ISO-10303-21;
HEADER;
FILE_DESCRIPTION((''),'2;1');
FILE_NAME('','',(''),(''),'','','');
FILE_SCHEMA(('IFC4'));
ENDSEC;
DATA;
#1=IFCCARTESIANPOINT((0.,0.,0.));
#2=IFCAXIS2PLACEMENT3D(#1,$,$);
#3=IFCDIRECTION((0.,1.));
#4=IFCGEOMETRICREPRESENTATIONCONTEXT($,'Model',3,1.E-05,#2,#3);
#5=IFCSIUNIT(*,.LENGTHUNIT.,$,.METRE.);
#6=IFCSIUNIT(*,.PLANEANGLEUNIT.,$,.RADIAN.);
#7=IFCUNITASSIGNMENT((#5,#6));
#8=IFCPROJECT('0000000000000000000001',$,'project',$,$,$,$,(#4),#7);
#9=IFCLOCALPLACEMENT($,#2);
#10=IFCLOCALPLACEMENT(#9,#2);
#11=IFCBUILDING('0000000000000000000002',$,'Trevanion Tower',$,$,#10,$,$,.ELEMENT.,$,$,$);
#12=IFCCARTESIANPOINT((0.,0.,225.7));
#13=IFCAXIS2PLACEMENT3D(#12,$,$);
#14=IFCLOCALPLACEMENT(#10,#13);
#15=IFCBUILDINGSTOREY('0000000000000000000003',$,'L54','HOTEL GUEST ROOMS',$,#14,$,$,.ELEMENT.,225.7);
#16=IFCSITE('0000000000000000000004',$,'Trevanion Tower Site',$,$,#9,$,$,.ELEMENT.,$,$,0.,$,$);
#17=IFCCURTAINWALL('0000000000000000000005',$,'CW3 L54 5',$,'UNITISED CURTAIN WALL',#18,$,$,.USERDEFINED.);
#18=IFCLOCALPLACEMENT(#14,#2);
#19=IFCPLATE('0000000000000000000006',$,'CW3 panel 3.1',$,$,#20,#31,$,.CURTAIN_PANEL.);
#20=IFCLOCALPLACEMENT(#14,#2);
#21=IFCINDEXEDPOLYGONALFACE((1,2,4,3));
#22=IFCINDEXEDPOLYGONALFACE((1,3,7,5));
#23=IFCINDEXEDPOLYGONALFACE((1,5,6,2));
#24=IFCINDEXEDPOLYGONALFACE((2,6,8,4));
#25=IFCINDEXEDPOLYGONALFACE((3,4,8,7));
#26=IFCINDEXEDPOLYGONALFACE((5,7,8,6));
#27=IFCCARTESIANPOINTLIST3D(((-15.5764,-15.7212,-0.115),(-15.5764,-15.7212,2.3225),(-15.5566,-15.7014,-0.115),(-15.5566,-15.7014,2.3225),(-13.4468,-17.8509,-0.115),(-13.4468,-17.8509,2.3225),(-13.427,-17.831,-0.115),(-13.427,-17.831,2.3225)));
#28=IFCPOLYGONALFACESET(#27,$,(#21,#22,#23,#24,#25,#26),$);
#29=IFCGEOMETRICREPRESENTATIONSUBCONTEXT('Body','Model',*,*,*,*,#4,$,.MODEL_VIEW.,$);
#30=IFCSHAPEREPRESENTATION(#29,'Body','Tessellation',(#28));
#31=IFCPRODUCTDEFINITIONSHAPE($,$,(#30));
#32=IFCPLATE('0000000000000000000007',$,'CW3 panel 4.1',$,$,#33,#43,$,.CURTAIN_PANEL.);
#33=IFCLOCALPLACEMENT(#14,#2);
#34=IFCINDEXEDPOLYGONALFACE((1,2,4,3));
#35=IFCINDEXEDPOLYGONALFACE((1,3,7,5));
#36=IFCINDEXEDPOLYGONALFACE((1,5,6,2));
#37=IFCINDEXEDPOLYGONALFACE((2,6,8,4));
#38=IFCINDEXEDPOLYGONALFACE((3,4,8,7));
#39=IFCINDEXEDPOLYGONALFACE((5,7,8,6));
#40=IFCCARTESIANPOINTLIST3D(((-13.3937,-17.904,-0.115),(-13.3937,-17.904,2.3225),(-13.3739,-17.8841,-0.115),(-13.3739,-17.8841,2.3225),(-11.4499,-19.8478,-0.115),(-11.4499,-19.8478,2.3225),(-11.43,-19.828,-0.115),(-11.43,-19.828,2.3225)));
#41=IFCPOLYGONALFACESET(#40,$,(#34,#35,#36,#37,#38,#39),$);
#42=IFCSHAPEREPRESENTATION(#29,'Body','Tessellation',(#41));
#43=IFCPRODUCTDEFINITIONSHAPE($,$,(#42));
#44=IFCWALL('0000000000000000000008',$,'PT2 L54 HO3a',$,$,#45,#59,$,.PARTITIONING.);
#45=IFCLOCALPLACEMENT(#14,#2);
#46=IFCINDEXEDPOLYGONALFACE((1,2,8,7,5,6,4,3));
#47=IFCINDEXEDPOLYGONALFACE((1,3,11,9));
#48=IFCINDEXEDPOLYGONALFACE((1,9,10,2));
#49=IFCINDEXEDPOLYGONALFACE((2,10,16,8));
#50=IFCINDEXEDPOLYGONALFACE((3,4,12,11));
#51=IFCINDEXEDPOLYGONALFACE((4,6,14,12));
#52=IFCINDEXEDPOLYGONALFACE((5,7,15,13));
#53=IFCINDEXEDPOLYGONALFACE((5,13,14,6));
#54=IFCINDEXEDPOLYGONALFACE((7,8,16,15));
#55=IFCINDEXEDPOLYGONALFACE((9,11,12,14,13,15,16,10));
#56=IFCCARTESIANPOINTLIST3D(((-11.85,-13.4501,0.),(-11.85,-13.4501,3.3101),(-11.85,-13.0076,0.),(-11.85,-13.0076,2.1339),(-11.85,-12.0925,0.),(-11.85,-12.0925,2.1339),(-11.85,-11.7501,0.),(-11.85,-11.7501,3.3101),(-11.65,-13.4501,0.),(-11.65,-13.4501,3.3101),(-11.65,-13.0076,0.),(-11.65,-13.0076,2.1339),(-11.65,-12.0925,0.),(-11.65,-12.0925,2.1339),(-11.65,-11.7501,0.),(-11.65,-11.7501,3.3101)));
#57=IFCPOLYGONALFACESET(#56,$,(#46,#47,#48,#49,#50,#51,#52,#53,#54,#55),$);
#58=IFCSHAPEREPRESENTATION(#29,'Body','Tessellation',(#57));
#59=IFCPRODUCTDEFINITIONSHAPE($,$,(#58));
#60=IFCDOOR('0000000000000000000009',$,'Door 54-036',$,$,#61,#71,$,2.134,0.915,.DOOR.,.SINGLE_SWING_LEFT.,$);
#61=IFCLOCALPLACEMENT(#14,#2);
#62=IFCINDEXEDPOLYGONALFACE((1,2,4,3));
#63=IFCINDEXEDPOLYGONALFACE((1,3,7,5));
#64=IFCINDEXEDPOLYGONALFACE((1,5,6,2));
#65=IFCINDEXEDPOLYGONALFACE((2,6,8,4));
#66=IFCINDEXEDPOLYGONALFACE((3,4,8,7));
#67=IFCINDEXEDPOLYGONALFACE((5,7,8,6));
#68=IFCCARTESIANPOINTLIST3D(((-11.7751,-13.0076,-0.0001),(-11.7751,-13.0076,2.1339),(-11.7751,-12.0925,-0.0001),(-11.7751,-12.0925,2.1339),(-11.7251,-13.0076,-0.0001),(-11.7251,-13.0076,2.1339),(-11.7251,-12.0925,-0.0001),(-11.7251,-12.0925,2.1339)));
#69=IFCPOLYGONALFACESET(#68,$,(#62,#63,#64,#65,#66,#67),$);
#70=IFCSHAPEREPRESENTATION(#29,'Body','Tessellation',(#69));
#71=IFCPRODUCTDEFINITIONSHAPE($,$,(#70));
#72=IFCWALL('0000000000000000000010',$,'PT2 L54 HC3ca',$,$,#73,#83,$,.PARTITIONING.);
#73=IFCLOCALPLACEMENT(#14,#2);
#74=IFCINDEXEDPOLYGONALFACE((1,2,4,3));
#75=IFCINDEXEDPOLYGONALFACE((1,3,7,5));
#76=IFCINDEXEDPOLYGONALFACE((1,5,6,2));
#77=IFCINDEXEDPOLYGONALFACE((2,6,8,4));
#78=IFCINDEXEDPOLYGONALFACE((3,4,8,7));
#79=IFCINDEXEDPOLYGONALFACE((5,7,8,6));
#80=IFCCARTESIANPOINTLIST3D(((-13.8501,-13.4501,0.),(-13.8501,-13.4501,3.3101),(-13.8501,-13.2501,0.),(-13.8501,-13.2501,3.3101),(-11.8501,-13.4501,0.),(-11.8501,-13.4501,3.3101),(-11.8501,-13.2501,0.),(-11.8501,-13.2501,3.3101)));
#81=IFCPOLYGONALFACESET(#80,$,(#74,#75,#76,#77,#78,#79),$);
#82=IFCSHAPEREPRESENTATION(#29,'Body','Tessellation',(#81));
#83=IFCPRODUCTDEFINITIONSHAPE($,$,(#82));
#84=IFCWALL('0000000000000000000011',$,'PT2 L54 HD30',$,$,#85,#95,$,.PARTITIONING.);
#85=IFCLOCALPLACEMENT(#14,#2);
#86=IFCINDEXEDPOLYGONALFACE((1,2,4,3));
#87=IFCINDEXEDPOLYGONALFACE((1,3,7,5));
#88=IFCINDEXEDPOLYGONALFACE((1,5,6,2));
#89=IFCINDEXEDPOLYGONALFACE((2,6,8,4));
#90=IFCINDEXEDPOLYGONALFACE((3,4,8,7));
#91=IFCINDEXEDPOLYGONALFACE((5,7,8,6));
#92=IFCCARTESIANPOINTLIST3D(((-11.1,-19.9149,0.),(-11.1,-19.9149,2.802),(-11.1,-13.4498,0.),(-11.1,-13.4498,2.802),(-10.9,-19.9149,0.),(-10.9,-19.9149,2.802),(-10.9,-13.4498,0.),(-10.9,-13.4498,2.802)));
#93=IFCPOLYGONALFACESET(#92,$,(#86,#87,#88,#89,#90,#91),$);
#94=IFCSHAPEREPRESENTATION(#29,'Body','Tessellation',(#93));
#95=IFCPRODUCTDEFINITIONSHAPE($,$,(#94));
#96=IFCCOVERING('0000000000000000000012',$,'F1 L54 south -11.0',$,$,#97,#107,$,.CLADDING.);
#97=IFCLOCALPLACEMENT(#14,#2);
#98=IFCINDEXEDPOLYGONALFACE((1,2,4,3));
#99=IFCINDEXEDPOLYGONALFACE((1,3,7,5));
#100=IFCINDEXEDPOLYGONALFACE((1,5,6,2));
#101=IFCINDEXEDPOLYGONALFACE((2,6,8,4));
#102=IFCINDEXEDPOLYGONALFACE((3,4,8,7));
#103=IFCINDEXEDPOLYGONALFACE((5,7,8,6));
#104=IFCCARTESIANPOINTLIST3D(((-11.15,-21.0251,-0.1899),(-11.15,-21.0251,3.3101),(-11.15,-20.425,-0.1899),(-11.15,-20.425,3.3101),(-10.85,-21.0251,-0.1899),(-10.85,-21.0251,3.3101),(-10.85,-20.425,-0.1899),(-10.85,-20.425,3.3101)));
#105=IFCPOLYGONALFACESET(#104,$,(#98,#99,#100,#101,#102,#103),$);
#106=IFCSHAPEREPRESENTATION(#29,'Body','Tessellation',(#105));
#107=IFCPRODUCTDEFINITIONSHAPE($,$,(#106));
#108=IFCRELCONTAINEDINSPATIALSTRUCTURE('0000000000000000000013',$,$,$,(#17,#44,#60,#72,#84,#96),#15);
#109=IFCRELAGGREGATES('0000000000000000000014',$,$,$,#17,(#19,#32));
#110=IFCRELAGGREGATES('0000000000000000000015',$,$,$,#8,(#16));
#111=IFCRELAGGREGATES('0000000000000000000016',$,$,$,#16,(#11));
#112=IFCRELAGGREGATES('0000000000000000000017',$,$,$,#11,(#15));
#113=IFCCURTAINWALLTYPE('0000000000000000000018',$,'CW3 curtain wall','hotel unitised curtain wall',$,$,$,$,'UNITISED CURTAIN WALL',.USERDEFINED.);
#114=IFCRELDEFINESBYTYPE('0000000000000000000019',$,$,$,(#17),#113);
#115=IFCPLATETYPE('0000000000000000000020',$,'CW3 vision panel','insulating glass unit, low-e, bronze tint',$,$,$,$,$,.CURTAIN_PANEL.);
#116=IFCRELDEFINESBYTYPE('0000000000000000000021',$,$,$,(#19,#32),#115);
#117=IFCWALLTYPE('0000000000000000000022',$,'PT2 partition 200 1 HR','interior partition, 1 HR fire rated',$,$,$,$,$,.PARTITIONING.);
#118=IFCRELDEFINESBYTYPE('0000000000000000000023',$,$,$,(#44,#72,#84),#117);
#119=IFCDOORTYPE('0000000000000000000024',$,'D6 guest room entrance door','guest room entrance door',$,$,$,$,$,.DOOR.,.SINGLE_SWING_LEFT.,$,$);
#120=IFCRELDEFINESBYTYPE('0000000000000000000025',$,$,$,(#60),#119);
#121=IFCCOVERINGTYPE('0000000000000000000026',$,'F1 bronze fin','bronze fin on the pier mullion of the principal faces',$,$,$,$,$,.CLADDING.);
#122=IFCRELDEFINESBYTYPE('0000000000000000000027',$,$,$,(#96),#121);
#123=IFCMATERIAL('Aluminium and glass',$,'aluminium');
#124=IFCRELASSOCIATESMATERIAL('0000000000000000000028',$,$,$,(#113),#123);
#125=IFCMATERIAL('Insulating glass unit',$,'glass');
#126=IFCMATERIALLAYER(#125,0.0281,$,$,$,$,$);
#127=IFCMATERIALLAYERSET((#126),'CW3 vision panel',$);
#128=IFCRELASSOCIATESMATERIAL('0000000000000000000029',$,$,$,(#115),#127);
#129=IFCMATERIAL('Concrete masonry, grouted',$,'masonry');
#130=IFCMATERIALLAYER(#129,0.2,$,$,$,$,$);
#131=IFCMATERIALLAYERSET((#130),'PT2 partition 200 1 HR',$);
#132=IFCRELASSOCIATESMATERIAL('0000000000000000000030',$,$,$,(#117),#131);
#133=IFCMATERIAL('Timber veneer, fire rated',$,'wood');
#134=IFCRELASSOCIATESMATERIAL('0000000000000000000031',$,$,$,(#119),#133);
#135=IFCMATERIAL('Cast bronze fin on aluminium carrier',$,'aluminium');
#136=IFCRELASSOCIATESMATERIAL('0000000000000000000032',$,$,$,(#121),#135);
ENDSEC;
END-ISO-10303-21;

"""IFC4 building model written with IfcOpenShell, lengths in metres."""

from ifc_helpers import new_model, si_unit, direction, frame, frame_2d, origin, origin_2d, place, context, subcontext, project, spatial, rectangle, extrude, material, layer, layer_set, type_object, element, fill, aggregate, save


model = new_model("IFC4")

# Units and contexts
model_context = context("Model", 3, precision=1e-05, world=origin(), true_north=direction((0.0, 1.0)))
body_context = subcontext(model_context, "Body", "Model", "MODEL_VIEW")
ifc_project = project(units=[si_unit("LENGTHUNIT", "METRE"), si_unit("PLANEANGLEUNIT", "RADIAN")], contexts=[model_context])

# Site, building, storey
site_placement = place(None, origin())
site = spatial("IfcSite", under=ifc_project, at=site_placement, Name="Trevanion Tower Site", CompositionType="ELEMENT", RefElevation=0.0)
building_placement = place(site_placement, origin())
building = spatial("IfcBuilding", under=site, at=building_placement, Name="Trevanion Tower", CompositionType="ELEMENT")
storey_placement = place(building_placement, frame((0.0, 0.0, 225.7)))
storey = spatial("IfcBuildingStorey", under=building, at=storey_placement, Name="L54", Description="HOTEL GUEST ROOMS", CompositionType="ELEMENT", Elevation=225.7)

# Curtain wall
ifc_material_1 = material(Name="Aluminium and glass", Category="aluminium")
curtain_wall_type = type_object("IfcCurtainWallType", Name="CW3 curtain wall", Description="hotel unitised curtain wall", ElementType="UNITISED CURTAIN WALL", PredefinedType="USERDEFINED", material=ifc_material_1)
curtain_wall_1_placement = place(storey_placement, origin())
curtain_wall_1 = element("IfcCurtainWall", 1, at=curtain_wall_1_placement, inside=storey, type_object=curtain_wall_type, Name="CW3 L54 5", ObjectType="UNITISED CURTAIN WALL", PredefinedType="USERDEFINED")

# Plates
ifc_material_2 = material(Name="Insulating glass unit", Category="glass")
ifc_layer_1 = layer(ifc_material_2, 0.0281)
ifc_layer_set_1 = layer_set([ifc_layer_1], Name="CW3 vision panel")
plate_type_1 = type_object("IfcPlateType", Name="CW3 vision panel", Description="insulating glass unit, low-e, bronze tint", PredefinedType="CURTAIN_PANEL", material=ifc_layer_set_1)
plate_1_placement = place(storey_placement, frame((-14.5017, -16.7761, -0.115), z_axis=(0.0, 0.0, 1.0), x_axis=(0.707107, -0.707107, 0.0)))
plate_1 = element("IfcPlate", 2, at=plate_1_placement, type_object=plate_type_1, Name="CW3 panel 3.1", PredefinedType="CURTAIN_PANEL", context=body_context, shape_type="SweptSolid", body=[
    extrude(rectangle(XDim=3.0117, YDim=0.0281, at=origin_2d()), origin(), (0.0, 0.0, 1.0), 2.4375),
])
plate_2_placement = place(storey_placement, frame((-12.4119, -18.866, -0.115), z_axis=(0.0, 0.0, 1.0), x_axis=(0.707107, -0.707107, 0.0)))
plate_2 = element("IfcPlate", 3, at=plate_2_placement, type_object=plate_type_1, Name="CW3 panel 4.1", PredefinedType="CURTAIN_PANEL", context=body_context, shape_type="SweptSolid", body=[
    extrude(rectangle(XDim=2.749, YDim=0.0281, at=origin_2d()), origin(), (0.0, 0.0, 1.0), 2.4375),
])
aggregate(curtain_wall_1, [plate_1, plate_2])

# Wall, opening, door
ifc_material_3 = material(Name="Concrete masonry, grouted", Category="masonry")
ifc_layer_2 = layer(ifc_material_3, 0.2)
ifc_layer_set_2 = layer_set([ifc_layer_2], Name="PT2 partition 200 1 HR")
wall_type = type_object("IfcWallType", Name="PT2 partition 200 1 HR", Description="interior partition, 1 HR fire rated", PredefinedType="PARTITIONING", material=ifc_layer_set_2)
wall_1_placement = place(storey_placement, frame((-11.75, -11.75, 0.0), z_axis=(0.0, 0.0, 1.0), x_axis=(0.0, -1.0, 0.0)))
wall_1 = element("IfcWall", 4, at=wall_1_placement, inside=storey, type_object=wall_type, Name="PT2 L54 HO3a", PredefinedType="PARTITIONING", context=body_context, shape_type="SweptSolid", body=[
    extrude(rectangle(XDim=1.7, YDim=0.2, at=frame_2d((0.8501, 0.0))), origin(), (0.0, 0.0, 1.0), 3.3101),
])
opening_placement = place(wall_1_placement, frame((0.3425, 0.0, 0.0)))
opening = element("IfcOpeningElement", 5, at=opening_placement, cuts=wall_1, PredefinedType="OPENING", context=body_context, shape_type="SweptSolid", body=[
    extrude(rectangle(XDim=0.915, YDim=2.134, at=frame_2d((0.4575, 1.0669))), frame((0.0, 0.1099, 0.0), z_axis=(0.0, -1.0, 0.0), x_axis=(1.0, 0.0, 0.0)), (0.0, 0.0, 1.0), 0.22),
])
ifc_material_4 = material(Name="Timber veneer, fire rated", Category="wood")
door_type = type_object("IfcDoorType", Name="D6 guest room entrance door", Description="guest room entrance door", OperationType="SINGLE_SWING_LEFT", PredefinedType="DOOR", material=ifc_material_4)
door_placement = place(opening_placement, origin())
door = element("IfcDoor", 6, at=door_placement, inside=storey, type_object=door_type, Name="Door 54-036", OperationType="SINGLE_SWING_LEFT", OverallHeight=2.134, OverallWidth=0.915, PredefinedType="DOOR", context=body_context, shape_type="SweptSolid", body=[
    extrude(rectangle(XDim=0.915, YDim=2.134, at=frame_2d((0.4575, 1.0669))), frame((0.0, 0.0249, 0.0), z_axis=(0.0, -1.0, 0.0), x_axis=(1.0, 0.0, 0.0)), (0.0, 0.0, 1.0), 0.05),
])
fill(opening, door)

# Walls
wall_2_placement = place(storey_placement, frame((-13.8501, -13.3501, 0.0), z_axis=(0.0, 0.0, 1.0), x_axis=(1.0, 0.0, 0.0)))
element("IfcWall", 7, at=wall_2_placement, inside=storey, type_object=wall_type, Name="PT2 L54 HC3ca", PredefinedType="PARTITIONING", context=body_context, shape_type="SweptSolid", body=[
    extrude(rectangle(XDim=2.0, YDim=0.2, at=frame_2d((1.0, 0.0))), origin(), (0.0, 0.0, 1.0), 3.3101),
])
wall_3_placement = place(storey_placement, frame((-11.0, -13.45, 0.0), z_axis=(0.0, 0.0, 1.0), x_axis=(0.0, -1.0, 0.0)))
element("IfcWall", 8, at=wall_3_placement, inside=storey, type_object=wall_type, Name="PT2 L54 HD30", PredefinedType="PARTITIONING", context=body_context, shape_type="SweptSolid", body=[
    extrude(rectangle(XDim=6.4651, YDim=0.2, at=frame_2d((3.2324, 0.0))), origin(), (0.0, 0.0, 1.0), 2.802),
])

# Covering
ifc_material_5 = material(Name="Cast bronze fin on aluminium carrier", Category="aluminium")
covering_type = type_object("IfcCoveringType", Name="F1 bronze fin", Description="bronze fin on the pier mullion of the principal faces", PredefinedType="CLADDING", material=ifc_material_5)
covering_placement = place(storey_placement, frame((-11.0, -20.7251, -0.1899), z_axis=(0.0, 0.0, 1.0), x_axis=(1.0, 0.0, 0.0)))
element("IfcCovering", 9, at=covering_placement, inside=storey, type_object=covering_type, Name="F1 L54 south -11.0", PredefinedType="CLADDING", context=body_context, shape_type="SweptSolid", body=[
    extrude(rectangle(XDim=0.3, YDim=0.6001, at=origin_2d()), origin(), (0.0, 0.0, 1.0), 3.5),
])

save(model, "model.ifc")
